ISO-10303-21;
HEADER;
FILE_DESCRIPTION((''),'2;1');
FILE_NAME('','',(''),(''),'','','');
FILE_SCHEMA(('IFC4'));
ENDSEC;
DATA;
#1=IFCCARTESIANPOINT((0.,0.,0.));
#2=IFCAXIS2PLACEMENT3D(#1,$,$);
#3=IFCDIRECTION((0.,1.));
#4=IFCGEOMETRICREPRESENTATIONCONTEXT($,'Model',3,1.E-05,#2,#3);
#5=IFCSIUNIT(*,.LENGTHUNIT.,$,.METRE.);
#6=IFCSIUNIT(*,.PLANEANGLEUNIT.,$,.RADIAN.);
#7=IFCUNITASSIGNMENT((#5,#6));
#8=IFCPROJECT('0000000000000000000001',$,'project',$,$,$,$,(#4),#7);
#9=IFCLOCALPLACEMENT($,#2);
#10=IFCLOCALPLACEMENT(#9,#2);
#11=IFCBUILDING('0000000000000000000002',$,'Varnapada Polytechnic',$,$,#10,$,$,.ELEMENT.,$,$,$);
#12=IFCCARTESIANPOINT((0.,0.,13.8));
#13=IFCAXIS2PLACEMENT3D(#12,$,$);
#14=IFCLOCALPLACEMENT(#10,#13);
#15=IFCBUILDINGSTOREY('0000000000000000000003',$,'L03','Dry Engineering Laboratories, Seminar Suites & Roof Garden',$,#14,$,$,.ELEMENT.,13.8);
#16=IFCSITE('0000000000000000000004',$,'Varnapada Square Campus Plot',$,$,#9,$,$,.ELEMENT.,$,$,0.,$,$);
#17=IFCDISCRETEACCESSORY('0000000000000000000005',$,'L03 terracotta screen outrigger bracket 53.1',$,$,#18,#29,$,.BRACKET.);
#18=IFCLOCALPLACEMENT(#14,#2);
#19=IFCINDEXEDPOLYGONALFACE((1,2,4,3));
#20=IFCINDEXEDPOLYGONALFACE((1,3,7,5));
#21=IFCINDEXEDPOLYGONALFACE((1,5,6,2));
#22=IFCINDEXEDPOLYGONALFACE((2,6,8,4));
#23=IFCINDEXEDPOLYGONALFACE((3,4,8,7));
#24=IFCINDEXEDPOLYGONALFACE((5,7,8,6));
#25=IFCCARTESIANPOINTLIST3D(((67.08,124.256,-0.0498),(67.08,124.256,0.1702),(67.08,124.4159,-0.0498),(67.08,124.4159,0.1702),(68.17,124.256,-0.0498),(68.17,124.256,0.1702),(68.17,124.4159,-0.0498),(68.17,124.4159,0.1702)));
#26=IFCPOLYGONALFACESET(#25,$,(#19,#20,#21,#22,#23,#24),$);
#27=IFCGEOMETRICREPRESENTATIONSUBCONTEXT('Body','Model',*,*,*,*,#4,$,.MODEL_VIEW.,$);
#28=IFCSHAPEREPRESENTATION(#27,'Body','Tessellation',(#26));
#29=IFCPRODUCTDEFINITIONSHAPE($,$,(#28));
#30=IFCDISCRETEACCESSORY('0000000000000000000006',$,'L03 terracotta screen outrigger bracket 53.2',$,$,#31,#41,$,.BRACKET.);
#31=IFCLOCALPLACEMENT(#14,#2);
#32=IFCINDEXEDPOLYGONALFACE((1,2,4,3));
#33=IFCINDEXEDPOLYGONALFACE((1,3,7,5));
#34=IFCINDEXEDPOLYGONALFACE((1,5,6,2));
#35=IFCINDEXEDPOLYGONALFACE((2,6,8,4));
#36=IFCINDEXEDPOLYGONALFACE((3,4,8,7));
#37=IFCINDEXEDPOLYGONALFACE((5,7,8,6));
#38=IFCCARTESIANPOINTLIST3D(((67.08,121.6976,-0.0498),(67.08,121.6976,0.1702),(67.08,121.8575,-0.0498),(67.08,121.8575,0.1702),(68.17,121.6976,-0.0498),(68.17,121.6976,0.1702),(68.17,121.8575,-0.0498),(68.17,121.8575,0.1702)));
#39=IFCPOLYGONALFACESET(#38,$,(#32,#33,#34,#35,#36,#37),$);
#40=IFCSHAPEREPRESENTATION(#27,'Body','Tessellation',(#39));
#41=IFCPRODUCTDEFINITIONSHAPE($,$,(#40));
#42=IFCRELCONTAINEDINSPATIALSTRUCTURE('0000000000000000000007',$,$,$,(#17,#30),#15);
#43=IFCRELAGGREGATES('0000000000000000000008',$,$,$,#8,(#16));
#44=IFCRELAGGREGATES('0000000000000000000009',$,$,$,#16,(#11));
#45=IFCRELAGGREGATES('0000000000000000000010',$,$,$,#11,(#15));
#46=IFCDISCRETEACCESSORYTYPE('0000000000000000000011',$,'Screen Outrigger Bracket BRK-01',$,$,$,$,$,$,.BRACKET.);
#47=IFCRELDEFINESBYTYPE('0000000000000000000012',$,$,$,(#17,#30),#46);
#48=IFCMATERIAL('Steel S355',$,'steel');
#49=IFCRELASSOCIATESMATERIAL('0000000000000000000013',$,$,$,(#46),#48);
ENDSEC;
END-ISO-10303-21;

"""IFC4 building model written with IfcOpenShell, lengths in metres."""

from ifc_helpers import new_model, si_unit, direction, frame, origin, origin_2d, place, context, subcontext, project, spatial, rectangle, extrude, material, type_object, element, save


model = new_model("IFC4")

# Units and contexts
model_context = context("Model", 3, precision=1e-05, world=origin(), true_north=direction((0.0, 1.0)))
body_context = subcontext(model_context, "Body", "Model", "MODEL_VIEW")
ifc_project = project(units=[si_unit("LENGTHUNIT", "METRE"), si_unit("PLANEANGLEUNIT", "RADIAN")], contexts=[model_context])

# Site, building, storey
site_placement = place(None, origin())
site = spatial("IfcSite", under=ifc_project, at=site_placement, Name="Varnapada Square Campus Plot", CompositionType="ELEMENT", RefElevation=0.0)
building_placement = place(site_placement, origin())
building = spatial("IfcBuilding", under=site, at=building_placement, Name="Varnapada Polytechnic", CompositionType="ELEMENT")
storey_placement = place(building_placement, frame((0.0, 0.0, 13.8)))
storey = spatial("IfcBuildingStorey", under=building, at=storey_placement, Name="L03", Description="Dry Engineering Laboratories, Seminar Suites & Roof Garden", CompositionType="ELEMENT", Elevation=13.8)

# Shared definitions
ifc_material_1 = material(Name="Steel S355", Category="steel")

# Discrete accessories
discrete_accessory_type = type_object("IfcDiscreteAccessoryType", Name="Screen Outrigger Bracket BRK-01", PredefinedType="BRACKET", material=ifc_material_1)
for number, where, z_axis, x_axis, name in (
    (1, (67.625, 124.3359, -0.0498), (0.0, 0.0, 1.0), (0.0, -1.0, 0.0), "L03 terracotta screen outrigger bracket 53.1"),
    (2, (67.625, 121.7776, -0.0498), (0.0, 0.0, 1.0), (0.0, -1.0, 0.0), "L03 terracotta screen outrigger bracket 53.2"),
):
    element("IfcDiscreteAccessory", number, at=place(storey_placement, frame(where, z_axis=z_axis, x_axis=x_axis)), inside=storey, type_object=discrete_accessory_type, Name=name, PredefinedType="BRACKET", context=body_context, shape_type="SweptSolid", body=[
        extrude(rectangle(XDim=0.1599, YDim=1.0901, at=origin_2d()), origin(), (0.0, 0.0, 1.0), 0.22),
    ])

save(model, "model.ifc")
